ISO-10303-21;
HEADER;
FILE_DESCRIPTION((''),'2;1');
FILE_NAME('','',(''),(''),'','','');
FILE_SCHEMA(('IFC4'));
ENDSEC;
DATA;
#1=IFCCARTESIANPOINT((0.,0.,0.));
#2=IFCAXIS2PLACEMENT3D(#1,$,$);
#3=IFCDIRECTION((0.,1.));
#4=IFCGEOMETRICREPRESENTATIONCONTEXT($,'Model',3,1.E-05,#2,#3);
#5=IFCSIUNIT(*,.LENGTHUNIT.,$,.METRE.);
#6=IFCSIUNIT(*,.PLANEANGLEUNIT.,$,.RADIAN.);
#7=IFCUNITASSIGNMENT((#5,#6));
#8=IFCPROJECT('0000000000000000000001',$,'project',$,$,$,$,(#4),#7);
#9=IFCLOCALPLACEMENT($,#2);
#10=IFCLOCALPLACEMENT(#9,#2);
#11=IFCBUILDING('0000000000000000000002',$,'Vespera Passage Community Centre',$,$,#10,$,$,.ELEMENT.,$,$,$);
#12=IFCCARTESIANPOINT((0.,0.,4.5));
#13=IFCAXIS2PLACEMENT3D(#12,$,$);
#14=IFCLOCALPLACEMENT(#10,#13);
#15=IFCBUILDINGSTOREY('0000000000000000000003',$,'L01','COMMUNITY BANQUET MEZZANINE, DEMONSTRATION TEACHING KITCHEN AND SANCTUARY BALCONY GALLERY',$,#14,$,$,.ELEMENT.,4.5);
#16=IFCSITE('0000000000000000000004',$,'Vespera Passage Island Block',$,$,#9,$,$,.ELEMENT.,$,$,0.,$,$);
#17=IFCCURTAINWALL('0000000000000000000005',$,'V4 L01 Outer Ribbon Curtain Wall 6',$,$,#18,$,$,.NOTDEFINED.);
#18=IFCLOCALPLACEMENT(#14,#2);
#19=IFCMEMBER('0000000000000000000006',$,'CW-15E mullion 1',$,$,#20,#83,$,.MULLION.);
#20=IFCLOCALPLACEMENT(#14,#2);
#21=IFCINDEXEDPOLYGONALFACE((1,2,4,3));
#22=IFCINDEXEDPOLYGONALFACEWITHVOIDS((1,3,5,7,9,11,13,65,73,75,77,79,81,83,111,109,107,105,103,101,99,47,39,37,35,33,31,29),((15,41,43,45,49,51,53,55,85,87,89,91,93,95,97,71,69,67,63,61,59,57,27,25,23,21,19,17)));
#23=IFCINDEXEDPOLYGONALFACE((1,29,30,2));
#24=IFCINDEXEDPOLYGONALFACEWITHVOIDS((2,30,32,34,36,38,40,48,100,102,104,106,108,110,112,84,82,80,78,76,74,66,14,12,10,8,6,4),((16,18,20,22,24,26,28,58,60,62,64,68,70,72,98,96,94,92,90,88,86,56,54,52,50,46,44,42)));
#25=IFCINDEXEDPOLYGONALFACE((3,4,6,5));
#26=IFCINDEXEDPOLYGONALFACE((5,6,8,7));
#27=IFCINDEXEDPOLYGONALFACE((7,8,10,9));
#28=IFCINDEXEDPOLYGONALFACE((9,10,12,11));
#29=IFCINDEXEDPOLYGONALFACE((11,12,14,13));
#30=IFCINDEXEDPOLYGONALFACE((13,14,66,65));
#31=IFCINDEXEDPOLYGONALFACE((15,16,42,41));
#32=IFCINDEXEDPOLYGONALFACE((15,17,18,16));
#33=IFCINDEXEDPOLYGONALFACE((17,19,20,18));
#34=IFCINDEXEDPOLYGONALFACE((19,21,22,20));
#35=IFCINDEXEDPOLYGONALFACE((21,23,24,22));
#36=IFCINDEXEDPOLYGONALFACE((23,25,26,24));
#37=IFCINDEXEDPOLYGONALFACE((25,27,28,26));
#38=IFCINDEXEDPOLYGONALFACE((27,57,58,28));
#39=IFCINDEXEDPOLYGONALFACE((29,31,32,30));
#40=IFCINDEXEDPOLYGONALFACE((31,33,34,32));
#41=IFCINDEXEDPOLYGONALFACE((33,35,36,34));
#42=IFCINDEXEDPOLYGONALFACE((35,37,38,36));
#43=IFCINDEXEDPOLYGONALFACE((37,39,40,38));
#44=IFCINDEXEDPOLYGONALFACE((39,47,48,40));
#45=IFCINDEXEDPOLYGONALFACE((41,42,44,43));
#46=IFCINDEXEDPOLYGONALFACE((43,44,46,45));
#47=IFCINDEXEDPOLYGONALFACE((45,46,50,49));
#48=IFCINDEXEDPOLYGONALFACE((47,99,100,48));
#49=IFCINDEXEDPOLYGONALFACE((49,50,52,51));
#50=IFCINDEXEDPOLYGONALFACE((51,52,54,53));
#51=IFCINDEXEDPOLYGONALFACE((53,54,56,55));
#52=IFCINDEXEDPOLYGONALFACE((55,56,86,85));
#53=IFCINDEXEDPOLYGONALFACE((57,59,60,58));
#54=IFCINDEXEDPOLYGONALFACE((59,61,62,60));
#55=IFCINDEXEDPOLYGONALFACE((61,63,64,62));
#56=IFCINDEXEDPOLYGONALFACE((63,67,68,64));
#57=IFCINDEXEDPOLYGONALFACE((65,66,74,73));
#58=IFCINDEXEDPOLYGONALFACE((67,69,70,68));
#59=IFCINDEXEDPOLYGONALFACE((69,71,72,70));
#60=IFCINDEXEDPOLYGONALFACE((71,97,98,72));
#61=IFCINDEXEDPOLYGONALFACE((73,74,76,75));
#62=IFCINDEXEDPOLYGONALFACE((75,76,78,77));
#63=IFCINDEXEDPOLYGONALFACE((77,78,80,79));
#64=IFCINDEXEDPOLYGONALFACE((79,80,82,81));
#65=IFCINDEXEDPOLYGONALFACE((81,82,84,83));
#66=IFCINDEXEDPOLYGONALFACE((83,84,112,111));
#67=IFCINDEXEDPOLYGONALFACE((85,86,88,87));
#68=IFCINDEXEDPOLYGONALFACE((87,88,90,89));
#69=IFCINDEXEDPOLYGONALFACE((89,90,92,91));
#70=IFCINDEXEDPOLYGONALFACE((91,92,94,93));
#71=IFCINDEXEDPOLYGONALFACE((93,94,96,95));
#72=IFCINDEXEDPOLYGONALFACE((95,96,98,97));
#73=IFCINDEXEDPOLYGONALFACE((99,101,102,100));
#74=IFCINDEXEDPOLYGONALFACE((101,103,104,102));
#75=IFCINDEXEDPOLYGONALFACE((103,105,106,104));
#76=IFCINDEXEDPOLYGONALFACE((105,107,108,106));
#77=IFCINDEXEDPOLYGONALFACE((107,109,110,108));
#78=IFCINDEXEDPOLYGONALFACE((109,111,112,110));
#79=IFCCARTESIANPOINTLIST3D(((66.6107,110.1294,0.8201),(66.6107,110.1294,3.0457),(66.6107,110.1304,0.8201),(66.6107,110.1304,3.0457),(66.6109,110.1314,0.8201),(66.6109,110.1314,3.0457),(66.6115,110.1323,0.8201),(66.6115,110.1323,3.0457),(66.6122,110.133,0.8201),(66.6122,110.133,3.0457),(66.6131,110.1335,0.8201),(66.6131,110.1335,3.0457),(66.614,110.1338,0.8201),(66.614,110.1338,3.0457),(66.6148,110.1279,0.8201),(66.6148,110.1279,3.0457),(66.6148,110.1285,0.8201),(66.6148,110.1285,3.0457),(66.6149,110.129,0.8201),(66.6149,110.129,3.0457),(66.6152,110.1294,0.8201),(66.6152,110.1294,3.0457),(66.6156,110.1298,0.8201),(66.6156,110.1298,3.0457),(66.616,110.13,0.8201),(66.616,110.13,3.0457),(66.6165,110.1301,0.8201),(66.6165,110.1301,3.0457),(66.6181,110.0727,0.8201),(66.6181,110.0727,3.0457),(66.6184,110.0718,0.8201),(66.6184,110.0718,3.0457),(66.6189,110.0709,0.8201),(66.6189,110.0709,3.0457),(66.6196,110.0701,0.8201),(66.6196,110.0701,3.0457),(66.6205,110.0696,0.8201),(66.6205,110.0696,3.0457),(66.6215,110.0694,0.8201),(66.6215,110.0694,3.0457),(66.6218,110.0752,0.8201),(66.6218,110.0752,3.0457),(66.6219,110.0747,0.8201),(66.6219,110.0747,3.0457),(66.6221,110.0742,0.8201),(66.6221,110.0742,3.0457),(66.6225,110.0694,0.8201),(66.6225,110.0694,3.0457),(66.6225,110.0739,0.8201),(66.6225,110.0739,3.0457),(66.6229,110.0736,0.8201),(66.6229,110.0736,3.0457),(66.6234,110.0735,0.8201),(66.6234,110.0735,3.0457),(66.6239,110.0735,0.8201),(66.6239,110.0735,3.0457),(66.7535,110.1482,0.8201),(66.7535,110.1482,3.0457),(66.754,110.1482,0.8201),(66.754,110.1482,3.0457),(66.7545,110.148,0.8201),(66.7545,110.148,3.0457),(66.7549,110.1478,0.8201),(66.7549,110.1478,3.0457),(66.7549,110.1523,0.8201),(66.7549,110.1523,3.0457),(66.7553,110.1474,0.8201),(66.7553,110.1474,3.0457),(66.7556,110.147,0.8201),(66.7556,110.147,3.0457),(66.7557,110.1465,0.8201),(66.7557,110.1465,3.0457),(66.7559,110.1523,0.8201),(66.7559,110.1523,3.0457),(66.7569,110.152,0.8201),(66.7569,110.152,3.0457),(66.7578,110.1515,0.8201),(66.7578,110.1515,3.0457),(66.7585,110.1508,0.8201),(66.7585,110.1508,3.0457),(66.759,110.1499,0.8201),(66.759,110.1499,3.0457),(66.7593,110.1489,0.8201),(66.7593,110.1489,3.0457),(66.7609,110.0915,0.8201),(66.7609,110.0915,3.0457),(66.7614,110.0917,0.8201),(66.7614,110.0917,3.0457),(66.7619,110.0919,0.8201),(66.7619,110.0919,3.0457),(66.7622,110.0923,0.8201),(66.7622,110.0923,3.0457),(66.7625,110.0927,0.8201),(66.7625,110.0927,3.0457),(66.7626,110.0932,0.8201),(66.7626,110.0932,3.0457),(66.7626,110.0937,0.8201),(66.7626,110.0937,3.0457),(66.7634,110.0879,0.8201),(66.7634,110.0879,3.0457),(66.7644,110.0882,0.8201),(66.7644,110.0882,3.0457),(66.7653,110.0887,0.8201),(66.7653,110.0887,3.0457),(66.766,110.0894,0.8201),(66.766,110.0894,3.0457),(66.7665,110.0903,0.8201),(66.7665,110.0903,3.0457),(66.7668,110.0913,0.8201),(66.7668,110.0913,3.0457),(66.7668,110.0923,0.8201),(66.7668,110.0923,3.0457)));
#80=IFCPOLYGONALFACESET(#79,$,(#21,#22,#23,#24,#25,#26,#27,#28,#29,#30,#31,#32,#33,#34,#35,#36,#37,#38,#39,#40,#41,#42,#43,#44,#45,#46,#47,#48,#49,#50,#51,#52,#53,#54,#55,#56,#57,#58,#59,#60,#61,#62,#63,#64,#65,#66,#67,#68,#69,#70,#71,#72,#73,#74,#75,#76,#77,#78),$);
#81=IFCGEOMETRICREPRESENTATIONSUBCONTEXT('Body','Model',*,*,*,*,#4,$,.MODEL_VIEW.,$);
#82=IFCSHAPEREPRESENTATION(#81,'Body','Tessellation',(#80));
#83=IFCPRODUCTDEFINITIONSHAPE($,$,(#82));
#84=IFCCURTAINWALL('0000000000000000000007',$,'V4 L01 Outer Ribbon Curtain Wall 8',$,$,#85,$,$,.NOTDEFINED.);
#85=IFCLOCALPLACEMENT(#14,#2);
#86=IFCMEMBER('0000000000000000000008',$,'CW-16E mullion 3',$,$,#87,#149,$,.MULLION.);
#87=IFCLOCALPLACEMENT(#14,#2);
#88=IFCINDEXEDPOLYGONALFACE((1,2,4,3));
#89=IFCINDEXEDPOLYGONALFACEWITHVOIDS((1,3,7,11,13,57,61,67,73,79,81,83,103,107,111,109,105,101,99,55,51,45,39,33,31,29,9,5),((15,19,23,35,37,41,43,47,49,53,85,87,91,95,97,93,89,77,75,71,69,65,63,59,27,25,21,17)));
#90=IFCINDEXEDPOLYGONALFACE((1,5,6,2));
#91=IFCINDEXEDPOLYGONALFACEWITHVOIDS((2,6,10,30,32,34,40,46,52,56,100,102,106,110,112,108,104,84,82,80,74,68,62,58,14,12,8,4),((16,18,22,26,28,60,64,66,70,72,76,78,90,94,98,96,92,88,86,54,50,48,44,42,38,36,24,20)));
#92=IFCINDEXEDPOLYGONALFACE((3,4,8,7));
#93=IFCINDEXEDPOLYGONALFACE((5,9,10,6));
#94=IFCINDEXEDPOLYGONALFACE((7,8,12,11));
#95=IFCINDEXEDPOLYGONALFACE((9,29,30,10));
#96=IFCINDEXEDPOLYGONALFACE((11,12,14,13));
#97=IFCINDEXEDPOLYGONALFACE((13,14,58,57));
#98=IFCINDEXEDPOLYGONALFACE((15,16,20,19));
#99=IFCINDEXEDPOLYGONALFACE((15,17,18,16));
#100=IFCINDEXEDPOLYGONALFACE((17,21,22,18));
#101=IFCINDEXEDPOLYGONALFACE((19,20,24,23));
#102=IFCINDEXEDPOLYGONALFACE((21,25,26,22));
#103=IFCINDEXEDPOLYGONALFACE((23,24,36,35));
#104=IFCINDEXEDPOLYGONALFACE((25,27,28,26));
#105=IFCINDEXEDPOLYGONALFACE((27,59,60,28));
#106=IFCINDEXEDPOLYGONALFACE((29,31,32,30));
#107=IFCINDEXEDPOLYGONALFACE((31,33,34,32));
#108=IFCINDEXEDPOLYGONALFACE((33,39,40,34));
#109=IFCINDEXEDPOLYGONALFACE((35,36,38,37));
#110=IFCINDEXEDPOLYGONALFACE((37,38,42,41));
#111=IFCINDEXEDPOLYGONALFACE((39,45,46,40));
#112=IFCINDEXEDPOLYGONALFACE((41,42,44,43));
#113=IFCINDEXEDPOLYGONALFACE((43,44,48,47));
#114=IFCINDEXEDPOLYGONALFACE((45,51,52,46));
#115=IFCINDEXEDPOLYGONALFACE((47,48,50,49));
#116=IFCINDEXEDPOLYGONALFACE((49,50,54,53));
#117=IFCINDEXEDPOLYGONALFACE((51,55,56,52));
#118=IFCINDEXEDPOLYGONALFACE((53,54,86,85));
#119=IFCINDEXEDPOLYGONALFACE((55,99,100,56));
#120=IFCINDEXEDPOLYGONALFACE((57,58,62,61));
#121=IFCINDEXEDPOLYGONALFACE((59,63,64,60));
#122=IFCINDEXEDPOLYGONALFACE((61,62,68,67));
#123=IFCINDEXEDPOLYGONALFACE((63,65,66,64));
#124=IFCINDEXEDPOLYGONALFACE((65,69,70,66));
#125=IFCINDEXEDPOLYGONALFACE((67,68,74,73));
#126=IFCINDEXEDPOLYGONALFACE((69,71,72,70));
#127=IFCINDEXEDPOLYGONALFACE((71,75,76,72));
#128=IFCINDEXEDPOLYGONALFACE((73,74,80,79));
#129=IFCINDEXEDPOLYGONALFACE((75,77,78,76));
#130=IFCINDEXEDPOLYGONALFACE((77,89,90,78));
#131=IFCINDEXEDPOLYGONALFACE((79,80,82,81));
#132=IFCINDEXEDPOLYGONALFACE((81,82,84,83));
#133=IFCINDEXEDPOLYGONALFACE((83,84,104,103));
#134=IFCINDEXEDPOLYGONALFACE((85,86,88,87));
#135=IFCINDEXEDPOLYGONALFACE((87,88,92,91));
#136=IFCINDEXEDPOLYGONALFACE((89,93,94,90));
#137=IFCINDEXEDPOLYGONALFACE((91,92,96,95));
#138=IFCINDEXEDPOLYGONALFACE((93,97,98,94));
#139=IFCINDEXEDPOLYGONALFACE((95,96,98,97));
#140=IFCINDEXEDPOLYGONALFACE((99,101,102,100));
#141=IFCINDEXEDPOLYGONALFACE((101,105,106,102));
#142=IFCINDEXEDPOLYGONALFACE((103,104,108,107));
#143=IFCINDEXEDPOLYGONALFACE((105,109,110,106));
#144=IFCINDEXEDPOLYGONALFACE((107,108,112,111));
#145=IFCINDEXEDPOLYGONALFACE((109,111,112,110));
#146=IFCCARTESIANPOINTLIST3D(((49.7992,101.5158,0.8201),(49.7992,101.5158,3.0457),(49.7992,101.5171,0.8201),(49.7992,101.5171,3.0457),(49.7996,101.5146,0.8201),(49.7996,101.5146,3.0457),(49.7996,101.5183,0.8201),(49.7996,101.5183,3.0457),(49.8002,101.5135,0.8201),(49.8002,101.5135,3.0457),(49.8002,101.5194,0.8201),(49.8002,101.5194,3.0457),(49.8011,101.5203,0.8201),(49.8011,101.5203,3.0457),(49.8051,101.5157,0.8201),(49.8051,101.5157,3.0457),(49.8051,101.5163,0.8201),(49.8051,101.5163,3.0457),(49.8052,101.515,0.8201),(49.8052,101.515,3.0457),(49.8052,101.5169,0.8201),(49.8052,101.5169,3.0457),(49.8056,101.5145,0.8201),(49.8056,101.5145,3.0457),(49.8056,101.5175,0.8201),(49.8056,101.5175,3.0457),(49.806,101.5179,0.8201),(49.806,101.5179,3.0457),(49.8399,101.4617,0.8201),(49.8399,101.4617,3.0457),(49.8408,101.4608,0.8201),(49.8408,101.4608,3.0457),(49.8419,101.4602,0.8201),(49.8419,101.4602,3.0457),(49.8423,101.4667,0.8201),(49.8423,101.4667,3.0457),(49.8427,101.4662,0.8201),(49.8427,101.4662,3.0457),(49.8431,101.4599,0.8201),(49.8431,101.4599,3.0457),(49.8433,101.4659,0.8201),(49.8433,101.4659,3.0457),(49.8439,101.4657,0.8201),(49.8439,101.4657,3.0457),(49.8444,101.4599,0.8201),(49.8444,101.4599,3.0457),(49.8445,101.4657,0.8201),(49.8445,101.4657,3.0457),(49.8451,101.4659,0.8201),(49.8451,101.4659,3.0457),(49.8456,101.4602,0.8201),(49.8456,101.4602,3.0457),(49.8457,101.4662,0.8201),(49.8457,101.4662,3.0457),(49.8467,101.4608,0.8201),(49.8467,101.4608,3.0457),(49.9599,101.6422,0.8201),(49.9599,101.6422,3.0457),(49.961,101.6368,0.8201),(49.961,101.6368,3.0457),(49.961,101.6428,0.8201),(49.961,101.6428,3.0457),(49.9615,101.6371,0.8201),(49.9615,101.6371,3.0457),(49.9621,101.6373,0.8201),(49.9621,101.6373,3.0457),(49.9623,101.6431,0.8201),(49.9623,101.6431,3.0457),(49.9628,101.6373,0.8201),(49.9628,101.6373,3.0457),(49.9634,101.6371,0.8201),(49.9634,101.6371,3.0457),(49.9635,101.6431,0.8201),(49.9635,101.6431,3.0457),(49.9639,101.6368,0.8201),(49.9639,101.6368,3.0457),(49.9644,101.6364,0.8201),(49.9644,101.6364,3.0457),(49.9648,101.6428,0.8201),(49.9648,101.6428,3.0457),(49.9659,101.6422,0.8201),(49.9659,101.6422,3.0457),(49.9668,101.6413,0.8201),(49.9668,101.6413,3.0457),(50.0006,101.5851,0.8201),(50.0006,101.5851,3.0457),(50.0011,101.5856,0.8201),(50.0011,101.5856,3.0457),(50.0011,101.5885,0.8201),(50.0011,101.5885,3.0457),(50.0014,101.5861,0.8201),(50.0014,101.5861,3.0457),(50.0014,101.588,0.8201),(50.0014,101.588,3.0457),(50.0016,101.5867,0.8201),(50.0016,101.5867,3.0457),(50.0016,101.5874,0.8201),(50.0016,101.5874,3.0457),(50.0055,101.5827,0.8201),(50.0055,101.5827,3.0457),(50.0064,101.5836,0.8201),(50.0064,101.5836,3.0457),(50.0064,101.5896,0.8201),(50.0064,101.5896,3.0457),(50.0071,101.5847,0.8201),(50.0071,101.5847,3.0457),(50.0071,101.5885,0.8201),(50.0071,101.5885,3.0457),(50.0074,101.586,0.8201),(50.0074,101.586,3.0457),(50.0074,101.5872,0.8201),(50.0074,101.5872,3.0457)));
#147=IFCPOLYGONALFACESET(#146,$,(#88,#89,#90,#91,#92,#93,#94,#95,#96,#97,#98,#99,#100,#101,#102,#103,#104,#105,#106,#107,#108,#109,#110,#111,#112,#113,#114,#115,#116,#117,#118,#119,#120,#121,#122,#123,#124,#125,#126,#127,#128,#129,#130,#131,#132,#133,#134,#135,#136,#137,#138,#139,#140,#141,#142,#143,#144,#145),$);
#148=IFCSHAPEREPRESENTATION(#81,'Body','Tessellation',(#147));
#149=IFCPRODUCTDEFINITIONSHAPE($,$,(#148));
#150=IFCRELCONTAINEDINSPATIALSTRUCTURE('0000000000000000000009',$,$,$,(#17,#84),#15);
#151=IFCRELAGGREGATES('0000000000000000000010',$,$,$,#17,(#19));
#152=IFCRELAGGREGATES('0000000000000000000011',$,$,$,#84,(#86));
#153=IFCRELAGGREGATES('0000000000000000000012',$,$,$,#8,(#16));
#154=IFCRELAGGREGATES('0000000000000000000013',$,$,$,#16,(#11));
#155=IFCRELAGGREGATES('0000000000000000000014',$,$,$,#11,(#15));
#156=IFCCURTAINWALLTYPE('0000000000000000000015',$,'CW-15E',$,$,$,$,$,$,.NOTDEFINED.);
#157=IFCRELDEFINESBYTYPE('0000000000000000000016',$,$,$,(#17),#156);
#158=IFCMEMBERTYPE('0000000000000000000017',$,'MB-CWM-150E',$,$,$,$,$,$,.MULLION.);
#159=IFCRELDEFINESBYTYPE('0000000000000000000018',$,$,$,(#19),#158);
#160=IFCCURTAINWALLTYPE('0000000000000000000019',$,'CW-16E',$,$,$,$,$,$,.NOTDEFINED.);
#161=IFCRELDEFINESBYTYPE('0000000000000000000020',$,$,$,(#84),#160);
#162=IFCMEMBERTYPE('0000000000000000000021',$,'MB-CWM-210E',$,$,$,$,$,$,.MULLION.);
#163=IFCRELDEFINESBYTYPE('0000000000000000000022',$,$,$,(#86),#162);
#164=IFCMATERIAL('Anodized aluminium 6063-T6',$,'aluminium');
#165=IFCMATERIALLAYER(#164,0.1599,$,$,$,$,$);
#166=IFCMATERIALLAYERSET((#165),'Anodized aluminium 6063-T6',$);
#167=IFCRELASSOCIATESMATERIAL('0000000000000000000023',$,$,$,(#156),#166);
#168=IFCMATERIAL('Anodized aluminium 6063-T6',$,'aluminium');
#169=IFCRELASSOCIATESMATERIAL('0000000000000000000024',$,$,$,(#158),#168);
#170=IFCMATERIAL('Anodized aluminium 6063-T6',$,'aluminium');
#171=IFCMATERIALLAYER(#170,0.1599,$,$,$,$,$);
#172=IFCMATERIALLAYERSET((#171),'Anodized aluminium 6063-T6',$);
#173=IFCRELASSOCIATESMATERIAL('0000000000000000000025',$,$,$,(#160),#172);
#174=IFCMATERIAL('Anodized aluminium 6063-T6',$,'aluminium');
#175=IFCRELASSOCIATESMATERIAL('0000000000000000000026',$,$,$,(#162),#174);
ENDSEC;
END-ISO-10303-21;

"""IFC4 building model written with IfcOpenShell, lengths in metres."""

from ifc_helpers import new_model, si_unit, direction, frame, origin, origin_2d, place, context, subcontext, project, spatial, hollow_rectangle, extrude, material, layer, layer_set, material_profile, profile_set, type_object, element, aggregate, save


model = new_model("IFC4")

# Units and contexts
model_context = context("Model", 3, precision=1e-05, world=origin(), true_north=direction((0.0, 1.0)))
body_context = subcontext(model_context, "Body", "Model", "MODEL_VIEW")
ifc_project = project(units=[si_unit("LENGTHUNIT", "METRE"), si_unit("PLANEANGLEUNIT", "RADIAN")], contexts=[model_context])

# Site, building, storey
site_placement = place(None, origin())
site = spatial("IfcSite", under=ifc_project, at=site_placement, Name="Vespera Passage Island Block", CompositionType="ELEMENT", RefElevation=0.0)
building_placement = place(site_placement, origin())
building = spatial("IfcBuilding", under=site, at=building_placement, Name="Vespera Passage Community Centre", CompositionType="ELEMENT")
storey_placement = place(building_placement, frame((0.0, 0.0, 4.5)))
storey = spatial("IfcBuildingStorey", under=building, at=storey_placement, Name="L01", Description="COMMUNITY BANQUET MEZZANINE, DEMONSTRATION TEACHING KITCHEN AND SANCTUARY BALCONY GALLERY", CompositionType="ELEMENT", Elevation=4.5)

# Curtain wall, member
ifc_material_1 = material(Name="Anodized aluminium 6063-T6", Category="aluminium")
ifc_layer_1 = layer(ifc_material_1, 0.1599)
ifc_layer_set_1 = layer_set([ifc_layer_1], Name="Anodized aluminium 6063-T6")
curtain_wall_type_1 = type_object("IfcCurtainWallType", Name="CW-15E", PredefinedType="NOTDEFINED", material=ifc_layer_set_1)
curtain_wall_1_placement = place(storey_placement, origin())
curtain_wall_1 = element("IfcCurtainWall", 1, at=curtain_wall_1_placement, inside=storey, type_object=curtain_wall_type_1, Name="V4 L01 Outer Ribbon Curtain Wall 6", PredefinedType="NOTDEFINED")
ifc_material_2 = material(Name="Anodized aluminium 6063-T6", Category="aluminium")
ifc_material_profile_1 = material_profile(ifc_material_2, hollow_rectangle(XDim=0.0649, YDim=0.1499, WallThickness=0.0039, InnerFilletRadius=0.002, OuterFilletRadius=0.0039, at=origin_2d()), Name="ALU150X65X4")
ifc_profile_set_1 = profile_set([ifc_material_profile_1], Name="Anodized aluminium 6063-T6")
member_type_1 = type_object("IfcMemberType", Name="MB-CWM-150E", PredefinedType="MULLION", material=ifc_profile_set_1)
member_1_placement = place(storey_placement, frame((66.6887, 110.1108, 0.8201), z_axis=(0.0, 0.0, 1.0), x_axis=(-0.130531, 0.991444, 0.0)))
member_1 = element("IfcMember", 2, at=member_1_placement, type_object=member_type_1, Name="CW-15E mullion 1", PredefinedType="MULLION", context=body_context, shape_type="SweptSolid", body=[
    extrude(hollow_rectangle(XDim=0.0649, YDim=0.1499, WallThickness=0.0039, InnerFilletRadius=0.002, OuterFilletRadius=0.0039, at=origin_2d()), origin(), (0.0, 0.0, 1.0), 2.2256),
])

# Curtain wall, member
ifc_material_3 = material(Name="Anodized aluminium 6063-T6", Category="aluminium")
ifc_layer_2 = layer(ifc_material_3, 0.1599)
ifc_layer_set_2 = layer_set([ifc_layer_2], Name="Anodized aluminium 6063-T6")
curtain_wall_type_2 = type_object("IfcCurtainWallType", Name="CW-16E", PredefinedType="NOTDEFINED", material=ifc_layer_set_2)
curtain_wall_2_placement = place(storey_placement, origin())
curtain_wall_2 = element("IfcCurtainWall", 3, at=curtain_wall_2_placement, inside=storey, type_object=curtain_wall_type_2, Name="V4 L01 Outer Ribbon Curtain Wall 8", PredefinedType="NOTDEFINED")
ifc_material_4 = material(Name="Anodized aluminium 6063-T6", Category="aluminium")
ifc_material_profile_2 = material_profile(ifc_material_4, hollow_rectangle(XDim=0.075, YDim=0.21, WallThickness=0.0049, InnerFilletRadius=0.0024, OuterFilletRadius=0.0049, at=origin_2d()), Name="ALU210X75X5")
ifc_profile_set_2 = profile_set([ifc_material_profile_2], Name="Anodized aluminium 6063-T6")
member_type_2 = type_object("IfcMemberType", Name="MB-CWM-210E", PredefinedType="MULLION", material=ifc_profile_set_2)
member_2_placement = place(storey_placement, frame((49.9033, 101.5515, 0.8201), z_axis=(0.0, 0.0, 1.0), x_axis=(-0.608768, 0.793348, 0.0)))
member_2 = element("IfcMember", 4, at=member_2_placement, type_object=member_type_2, Name="CW-16E mullion 3", PredefinedType="MULLION", context=body_context, shape_type="SweptSolid", body=[
    extrude(hollow_rectangle(XDim=0.075, YDim=0.21, WallThickness=0.0049, InnerFilletRadius=0.0024, OuterFilletRadius=0.0049, at=origin_2d()), origin(), (0.0, 0.0, 1.0), 2.2256),
])

aggregate(curtain_wall_1, [member_1])

aggregate(curtain_wall_2, [member_2])

save(model, "model.ifc")
